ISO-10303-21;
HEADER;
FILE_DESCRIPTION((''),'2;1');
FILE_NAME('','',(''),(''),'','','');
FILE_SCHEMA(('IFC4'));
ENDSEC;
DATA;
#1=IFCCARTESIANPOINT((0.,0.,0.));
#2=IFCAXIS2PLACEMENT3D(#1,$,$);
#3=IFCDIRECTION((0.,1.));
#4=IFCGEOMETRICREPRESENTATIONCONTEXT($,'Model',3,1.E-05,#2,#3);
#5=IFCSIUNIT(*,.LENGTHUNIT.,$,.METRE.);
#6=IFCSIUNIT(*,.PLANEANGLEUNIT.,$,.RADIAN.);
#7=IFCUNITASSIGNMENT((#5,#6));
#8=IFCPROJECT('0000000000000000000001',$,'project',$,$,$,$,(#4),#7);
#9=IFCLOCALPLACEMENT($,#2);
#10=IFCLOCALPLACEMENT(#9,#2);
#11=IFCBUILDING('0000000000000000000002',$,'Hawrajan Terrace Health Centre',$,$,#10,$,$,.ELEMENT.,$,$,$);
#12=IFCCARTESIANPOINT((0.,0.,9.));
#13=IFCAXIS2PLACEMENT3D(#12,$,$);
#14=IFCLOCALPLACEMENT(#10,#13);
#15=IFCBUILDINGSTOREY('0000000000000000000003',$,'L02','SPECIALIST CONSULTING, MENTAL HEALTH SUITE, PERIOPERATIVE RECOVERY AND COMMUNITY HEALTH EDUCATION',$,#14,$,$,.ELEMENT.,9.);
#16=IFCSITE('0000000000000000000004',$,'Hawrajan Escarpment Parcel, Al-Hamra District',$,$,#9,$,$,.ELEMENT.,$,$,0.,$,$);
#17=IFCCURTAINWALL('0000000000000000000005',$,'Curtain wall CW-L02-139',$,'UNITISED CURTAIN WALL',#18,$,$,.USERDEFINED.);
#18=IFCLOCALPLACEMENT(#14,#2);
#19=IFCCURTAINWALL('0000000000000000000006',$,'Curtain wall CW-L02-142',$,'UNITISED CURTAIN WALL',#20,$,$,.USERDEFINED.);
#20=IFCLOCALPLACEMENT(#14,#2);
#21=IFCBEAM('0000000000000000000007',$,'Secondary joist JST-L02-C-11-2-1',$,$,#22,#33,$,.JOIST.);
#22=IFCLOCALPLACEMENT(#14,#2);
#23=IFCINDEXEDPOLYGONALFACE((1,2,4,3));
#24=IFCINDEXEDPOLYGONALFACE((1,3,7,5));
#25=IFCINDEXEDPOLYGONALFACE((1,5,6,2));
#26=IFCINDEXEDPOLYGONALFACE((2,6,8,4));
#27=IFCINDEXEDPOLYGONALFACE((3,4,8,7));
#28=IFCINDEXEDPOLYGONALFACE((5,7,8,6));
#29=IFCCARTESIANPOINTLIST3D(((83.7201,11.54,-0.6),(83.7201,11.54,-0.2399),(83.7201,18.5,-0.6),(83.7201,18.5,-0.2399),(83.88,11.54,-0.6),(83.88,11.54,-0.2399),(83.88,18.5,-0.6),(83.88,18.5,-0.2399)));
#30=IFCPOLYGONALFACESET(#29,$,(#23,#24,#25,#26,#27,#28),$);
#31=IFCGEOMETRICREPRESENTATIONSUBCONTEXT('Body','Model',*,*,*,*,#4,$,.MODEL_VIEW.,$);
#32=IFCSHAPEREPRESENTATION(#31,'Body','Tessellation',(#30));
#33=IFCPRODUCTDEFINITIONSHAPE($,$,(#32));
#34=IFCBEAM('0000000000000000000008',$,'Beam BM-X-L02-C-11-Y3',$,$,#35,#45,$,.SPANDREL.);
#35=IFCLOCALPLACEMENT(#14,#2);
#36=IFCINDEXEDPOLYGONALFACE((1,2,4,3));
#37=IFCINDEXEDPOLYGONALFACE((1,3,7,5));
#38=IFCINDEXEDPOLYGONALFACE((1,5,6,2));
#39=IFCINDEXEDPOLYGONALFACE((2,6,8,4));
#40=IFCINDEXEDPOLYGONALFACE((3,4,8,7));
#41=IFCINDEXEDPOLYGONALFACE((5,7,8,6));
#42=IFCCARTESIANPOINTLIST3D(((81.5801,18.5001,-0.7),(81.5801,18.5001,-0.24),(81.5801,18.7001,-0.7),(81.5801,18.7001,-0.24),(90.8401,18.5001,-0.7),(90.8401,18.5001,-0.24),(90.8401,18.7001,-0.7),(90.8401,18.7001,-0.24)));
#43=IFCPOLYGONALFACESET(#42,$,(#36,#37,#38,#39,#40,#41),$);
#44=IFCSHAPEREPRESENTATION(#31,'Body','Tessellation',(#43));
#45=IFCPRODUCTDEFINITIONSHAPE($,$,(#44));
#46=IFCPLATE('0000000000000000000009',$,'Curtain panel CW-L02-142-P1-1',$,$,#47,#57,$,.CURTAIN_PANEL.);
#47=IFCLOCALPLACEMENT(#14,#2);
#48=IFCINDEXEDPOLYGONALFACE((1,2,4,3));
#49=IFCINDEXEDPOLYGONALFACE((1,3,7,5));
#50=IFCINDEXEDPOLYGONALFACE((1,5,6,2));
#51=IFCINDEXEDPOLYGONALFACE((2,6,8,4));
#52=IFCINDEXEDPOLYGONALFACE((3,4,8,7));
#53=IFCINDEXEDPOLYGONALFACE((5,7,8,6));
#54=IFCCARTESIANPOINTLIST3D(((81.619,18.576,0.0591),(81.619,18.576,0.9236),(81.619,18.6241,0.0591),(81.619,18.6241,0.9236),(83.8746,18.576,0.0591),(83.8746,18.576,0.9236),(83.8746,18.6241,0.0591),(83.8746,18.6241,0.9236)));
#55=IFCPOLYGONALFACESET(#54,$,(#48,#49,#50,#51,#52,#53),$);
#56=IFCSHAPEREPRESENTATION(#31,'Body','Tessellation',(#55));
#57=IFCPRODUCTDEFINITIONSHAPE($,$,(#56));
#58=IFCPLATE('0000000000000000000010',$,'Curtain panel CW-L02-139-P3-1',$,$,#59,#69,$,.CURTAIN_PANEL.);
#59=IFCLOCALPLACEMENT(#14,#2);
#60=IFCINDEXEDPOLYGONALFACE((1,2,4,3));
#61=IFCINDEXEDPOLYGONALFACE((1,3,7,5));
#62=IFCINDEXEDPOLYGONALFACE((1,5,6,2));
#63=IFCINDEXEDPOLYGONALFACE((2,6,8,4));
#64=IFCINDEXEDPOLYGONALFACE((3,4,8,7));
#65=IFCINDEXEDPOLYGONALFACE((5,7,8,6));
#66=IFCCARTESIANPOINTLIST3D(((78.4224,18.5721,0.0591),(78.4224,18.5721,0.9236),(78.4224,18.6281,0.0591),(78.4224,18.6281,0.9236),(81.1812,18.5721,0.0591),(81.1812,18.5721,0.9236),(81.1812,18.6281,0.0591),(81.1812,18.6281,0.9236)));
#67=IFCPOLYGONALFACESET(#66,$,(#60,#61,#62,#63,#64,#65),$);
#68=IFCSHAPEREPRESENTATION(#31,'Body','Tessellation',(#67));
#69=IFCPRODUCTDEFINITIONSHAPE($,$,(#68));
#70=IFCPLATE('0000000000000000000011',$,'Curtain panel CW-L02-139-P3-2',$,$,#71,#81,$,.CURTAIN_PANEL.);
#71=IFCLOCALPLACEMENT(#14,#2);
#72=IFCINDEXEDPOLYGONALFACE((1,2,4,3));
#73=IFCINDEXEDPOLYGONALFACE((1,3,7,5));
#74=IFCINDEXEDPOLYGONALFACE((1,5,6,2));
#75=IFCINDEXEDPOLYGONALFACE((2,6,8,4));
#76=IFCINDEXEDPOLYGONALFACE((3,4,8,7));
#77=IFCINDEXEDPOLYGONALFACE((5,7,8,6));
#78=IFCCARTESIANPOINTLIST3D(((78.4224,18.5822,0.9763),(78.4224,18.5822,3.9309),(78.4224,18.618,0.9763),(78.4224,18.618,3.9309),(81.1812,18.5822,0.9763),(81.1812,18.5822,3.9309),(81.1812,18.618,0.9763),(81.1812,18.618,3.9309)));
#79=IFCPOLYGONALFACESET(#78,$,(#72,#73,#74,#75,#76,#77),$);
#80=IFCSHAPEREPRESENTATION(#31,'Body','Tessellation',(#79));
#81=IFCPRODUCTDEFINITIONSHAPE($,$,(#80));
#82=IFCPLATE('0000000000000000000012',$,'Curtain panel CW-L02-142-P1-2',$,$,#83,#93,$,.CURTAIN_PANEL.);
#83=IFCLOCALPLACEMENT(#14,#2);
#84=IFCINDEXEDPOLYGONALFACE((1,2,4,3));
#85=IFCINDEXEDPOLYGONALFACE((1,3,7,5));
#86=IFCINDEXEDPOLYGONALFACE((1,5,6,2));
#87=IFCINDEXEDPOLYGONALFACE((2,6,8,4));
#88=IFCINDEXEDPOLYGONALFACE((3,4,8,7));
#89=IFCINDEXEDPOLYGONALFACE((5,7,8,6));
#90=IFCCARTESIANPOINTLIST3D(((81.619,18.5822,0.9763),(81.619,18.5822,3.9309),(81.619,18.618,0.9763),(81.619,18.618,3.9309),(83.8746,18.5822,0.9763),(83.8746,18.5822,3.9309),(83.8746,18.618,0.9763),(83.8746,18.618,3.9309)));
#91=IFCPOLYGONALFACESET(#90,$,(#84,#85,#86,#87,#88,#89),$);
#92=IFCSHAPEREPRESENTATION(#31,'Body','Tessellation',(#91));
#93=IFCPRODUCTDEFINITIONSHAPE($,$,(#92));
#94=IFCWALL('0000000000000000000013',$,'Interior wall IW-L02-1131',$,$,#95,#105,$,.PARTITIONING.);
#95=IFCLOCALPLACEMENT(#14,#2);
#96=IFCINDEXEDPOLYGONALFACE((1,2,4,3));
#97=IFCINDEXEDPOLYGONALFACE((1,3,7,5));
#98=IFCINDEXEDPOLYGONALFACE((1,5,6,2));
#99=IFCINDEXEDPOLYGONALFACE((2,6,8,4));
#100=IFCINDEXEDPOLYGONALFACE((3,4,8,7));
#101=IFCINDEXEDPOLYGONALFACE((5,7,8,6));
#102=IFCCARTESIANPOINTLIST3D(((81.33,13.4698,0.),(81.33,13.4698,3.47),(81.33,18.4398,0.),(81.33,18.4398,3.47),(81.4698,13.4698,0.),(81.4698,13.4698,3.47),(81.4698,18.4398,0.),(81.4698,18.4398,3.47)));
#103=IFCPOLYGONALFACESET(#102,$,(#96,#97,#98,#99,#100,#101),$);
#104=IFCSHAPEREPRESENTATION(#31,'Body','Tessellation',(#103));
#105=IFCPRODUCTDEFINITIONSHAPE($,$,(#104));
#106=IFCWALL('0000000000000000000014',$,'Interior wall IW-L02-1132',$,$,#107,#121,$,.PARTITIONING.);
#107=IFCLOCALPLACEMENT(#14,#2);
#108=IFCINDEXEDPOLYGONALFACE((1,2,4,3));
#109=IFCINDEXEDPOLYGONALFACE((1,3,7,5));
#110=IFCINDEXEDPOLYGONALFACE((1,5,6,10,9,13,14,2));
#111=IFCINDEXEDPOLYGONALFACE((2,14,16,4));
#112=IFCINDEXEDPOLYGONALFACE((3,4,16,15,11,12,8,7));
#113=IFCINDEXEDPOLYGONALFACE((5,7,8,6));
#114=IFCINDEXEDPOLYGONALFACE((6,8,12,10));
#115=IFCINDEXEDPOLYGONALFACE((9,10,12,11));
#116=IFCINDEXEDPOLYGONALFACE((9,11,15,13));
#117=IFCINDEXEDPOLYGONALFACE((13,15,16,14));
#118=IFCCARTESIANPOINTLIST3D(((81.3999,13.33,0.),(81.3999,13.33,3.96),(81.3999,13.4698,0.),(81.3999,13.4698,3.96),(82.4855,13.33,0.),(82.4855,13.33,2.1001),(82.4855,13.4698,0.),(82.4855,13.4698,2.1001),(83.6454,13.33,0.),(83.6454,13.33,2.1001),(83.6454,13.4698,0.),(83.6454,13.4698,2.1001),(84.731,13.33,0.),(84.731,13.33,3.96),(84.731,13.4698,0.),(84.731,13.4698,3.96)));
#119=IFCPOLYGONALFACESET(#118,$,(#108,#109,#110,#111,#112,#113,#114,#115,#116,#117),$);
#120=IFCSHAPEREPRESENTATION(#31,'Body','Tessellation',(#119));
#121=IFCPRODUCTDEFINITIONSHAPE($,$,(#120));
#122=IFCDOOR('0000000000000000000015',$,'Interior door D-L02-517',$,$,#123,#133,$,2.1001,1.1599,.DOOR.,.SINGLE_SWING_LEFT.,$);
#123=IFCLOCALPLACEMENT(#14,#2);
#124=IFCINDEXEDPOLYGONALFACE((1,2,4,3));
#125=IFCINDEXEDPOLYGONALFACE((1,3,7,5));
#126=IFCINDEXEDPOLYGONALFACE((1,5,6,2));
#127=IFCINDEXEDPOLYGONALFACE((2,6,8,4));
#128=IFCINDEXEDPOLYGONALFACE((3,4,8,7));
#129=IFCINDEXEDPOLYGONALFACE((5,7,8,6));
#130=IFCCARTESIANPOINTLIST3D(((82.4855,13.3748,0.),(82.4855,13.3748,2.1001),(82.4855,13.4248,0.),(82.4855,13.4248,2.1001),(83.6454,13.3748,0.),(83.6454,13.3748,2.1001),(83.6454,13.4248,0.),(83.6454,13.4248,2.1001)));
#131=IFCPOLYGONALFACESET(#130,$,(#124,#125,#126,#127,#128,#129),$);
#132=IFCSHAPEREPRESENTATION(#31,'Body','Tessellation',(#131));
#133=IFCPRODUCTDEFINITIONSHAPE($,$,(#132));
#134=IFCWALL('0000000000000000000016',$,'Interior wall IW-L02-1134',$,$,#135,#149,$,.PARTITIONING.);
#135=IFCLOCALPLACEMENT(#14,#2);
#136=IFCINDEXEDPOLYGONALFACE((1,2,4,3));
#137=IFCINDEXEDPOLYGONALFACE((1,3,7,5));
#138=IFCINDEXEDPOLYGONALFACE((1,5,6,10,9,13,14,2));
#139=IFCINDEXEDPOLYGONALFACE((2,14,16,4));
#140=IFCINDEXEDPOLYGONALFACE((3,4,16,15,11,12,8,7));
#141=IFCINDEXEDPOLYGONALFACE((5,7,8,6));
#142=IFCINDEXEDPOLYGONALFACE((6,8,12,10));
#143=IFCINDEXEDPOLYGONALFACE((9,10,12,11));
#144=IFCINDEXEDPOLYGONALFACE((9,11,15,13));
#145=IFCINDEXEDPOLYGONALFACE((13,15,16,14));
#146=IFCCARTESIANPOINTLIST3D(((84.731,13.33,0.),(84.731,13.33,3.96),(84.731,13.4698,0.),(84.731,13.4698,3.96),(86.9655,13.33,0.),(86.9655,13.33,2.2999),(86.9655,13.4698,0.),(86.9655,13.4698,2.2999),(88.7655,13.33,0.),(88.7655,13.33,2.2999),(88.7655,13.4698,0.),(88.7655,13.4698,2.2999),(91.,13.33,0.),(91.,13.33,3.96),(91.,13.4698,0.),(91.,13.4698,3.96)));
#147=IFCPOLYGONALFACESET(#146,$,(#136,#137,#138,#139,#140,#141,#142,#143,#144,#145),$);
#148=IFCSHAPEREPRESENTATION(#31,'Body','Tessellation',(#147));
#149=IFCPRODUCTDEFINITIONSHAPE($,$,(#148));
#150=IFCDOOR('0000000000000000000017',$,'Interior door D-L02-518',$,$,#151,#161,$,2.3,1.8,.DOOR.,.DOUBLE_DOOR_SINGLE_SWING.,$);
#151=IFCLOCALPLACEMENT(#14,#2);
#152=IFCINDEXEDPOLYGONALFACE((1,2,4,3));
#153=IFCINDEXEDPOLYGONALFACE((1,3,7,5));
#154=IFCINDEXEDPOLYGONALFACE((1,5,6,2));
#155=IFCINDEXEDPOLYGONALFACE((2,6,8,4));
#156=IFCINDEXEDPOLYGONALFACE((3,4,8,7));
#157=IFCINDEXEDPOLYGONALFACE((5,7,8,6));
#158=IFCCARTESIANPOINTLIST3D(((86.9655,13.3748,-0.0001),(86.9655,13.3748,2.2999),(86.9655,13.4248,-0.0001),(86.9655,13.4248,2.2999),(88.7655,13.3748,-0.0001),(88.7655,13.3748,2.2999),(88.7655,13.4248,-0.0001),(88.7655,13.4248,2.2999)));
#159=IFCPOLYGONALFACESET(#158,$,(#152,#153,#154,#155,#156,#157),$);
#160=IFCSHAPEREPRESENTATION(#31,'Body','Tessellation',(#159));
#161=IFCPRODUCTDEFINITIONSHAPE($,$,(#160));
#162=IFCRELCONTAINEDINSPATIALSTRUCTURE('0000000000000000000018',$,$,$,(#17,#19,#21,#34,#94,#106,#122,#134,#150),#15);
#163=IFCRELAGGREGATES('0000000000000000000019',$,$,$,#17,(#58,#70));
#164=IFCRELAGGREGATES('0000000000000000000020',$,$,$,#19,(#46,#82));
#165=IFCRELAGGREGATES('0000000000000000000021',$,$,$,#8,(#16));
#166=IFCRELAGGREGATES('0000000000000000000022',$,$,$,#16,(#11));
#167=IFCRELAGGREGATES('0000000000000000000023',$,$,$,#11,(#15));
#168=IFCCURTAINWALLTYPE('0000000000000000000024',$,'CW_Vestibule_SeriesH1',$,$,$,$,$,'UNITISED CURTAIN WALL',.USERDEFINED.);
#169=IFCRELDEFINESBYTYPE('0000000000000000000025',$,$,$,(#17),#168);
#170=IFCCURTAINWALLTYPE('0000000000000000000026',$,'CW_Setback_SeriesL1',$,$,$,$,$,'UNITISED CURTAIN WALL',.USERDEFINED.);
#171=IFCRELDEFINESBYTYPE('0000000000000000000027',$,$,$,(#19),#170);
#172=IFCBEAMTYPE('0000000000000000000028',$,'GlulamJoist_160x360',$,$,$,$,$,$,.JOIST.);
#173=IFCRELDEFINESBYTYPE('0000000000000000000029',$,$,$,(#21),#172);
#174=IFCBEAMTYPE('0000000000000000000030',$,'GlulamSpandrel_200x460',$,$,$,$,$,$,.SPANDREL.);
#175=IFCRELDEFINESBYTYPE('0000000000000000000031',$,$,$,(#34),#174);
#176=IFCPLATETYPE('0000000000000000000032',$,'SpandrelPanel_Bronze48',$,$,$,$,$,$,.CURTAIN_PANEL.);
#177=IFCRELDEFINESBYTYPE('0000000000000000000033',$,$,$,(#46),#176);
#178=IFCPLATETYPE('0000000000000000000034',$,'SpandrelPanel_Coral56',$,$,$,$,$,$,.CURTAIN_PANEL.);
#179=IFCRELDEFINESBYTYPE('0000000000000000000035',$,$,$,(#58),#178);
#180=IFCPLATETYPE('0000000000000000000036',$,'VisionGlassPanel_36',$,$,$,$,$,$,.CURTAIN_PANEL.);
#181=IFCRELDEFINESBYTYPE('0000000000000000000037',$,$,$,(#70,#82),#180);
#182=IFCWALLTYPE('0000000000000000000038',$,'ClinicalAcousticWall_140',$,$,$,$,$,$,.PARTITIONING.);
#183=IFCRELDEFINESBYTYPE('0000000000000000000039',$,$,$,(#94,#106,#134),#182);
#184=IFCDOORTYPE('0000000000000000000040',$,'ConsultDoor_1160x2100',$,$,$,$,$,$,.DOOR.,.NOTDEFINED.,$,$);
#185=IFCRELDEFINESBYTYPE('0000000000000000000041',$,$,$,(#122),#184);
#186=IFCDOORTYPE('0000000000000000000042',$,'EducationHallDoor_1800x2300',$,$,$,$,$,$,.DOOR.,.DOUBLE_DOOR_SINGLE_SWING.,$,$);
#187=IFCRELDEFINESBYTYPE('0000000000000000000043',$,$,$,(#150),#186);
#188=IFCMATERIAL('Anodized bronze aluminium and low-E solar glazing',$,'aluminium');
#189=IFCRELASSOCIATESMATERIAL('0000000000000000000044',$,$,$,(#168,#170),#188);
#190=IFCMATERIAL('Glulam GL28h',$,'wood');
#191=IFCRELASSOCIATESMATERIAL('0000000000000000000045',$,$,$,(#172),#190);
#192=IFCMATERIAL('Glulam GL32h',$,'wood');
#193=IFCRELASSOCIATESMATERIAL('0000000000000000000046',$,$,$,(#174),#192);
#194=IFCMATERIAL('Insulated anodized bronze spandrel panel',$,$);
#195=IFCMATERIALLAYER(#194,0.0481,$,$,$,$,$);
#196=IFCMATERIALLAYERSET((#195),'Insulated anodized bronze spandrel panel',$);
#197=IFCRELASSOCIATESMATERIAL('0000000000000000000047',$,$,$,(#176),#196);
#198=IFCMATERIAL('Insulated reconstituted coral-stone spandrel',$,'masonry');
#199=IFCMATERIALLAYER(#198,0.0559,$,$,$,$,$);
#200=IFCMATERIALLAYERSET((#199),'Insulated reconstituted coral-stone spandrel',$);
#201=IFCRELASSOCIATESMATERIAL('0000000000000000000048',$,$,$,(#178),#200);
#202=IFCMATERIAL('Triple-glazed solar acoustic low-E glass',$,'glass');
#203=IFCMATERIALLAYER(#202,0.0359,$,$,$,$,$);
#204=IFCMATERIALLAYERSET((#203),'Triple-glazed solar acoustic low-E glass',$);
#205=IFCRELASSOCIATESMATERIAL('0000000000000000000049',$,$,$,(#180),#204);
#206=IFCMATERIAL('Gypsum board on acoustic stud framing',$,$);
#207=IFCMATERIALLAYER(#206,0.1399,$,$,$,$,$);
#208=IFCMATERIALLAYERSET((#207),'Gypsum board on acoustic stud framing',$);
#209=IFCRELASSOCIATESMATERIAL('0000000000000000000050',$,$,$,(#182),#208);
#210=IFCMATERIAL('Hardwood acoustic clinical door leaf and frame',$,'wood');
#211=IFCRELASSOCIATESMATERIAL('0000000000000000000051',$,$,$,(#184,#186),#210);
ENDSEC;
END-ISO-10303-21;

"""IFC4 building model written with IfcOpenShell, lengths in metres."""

from ifc_helpers import new_model, si_unit, direction, frame, frame_2d, origin, origin_2d, place, context, subcontext, project, spatial, rectangle, extrude, material, layer, layer_set, material_profile, profile_set, type_object, element, fill, aggregate, save


model = new_model("IFC4")

# Units and contexts
model_context = context("Model", 3, precision=1e-05, world=origin(), true_north=direction((0.0, 1.0)))
body_context = subcontext(model_context, "Body", "Model", "MODEL_VIEW")
ifc_project = project(units=[si_unit("LENGTHUNIT", "METRE"), si_unit("PLANEANGLEUNIT", "RADIAN")], contexts=[model_context])

# Site, building, storey
site_placement = place(None, origin())
site = spatial("IfcSite", under=ifc_project, at=site_placement, Name="Hawrajan Escarpment Parcel, Al-Hamra District", CompositionType="ELEMENT", RefElevation=0.0)
building_placement = place(site_placement, origin())
building = spatial("IfcBuilding", under=site, at=building_placement, Name="Hawrajan Terrace Health Centre", CompositionType="ELEMENT")
storey_placement = place(building_placement, frame((0.0, 0.0, 9.0)))
storey = spatial("IfcBuildingStorey", under=building, at=storey_placement, Name="L02", Description="SPECIALIST CONSULTING, MENTAL HEALTH SUITE, PERIOPERATIVE RECOVERY AND COMMUNITY HEALTH EDUCATION", CompositionType="ELEMENT", Elevation=9.0)

# Shared definitions
ifc_material_1 = material(Name="Glulam GL32h", Category="wood")

# Curtain wall
ifc_material_2 = material(Name="Anodized bronze aluminium and low-E solar glazing", Category="aluminium")
curtain_wall_type_1 = type_object("IfcCurtainWallType", Name="CW_Vestibule_SeriesH1", ElementType="UNITISED CURTAIN WALL", PredefinedType="USERDEFINED", material=ifc_material_2)
curtain_wall_1_placement = place(storey_placement, origin())
curtain_wall_1 = element("IfcCurtainWall", 1, at=curtain_wall_1_placement, inside=storey, type_object=curtain_wall_type_1, Name="Curtain wall CW-L02-139", ObjectType="UNITISED CURTAIN WALL", PredefinedType="USERDEFINED")

# Curtain wall
curtain_wall_type_2 = type_object("IfcCurtainWallType", Name="CW_Setback_SeriesL1", ElementType="UNITISED CURTAIN WALL", PredefinedType="USERDEFINED", material=ifc_material_2)
curtain_wall_2_placement = place(storey_placement, origin())
curtain_wall_2 = element("IfcCurtainWall", 2, at=curtain_wall_2_placement, inside=storey, type_object=curtain_wall_type_2, Name="Curtain wall CW-L02-142", ObjectType="UNITISED CURTAIN WALL", PredefinedType="USERDEFINED")

# Beams
ifc_material_3 = material(Name="Glulam GL28h", Category="wood")
ifc_material_profile_1 = material_profile(ifc_material_3, rectangle(XDim=0.1599, YDim=0.3601, at=origin_2d()), Name="GL JST 160x360")
ifc_profile_set_1 = profile_set([ifc_material_profile_1], Name="Glulam GL28h")
beam_type_1 = type_object("IfcBeamType", Name="GlulamJoist_160x360", PredefinedType="JOIST", material=ifc_profile_set_1)
beam_1_placement = place(storey_placement, frame((83.8, 11.54, -0.4199), z_axis=(0.0, 1.0, 0.0), x_axis=(-1.0, 0.0, 0.0)))
element("IfcBeam", 3, at=beam_1_placement, inside=storey, type_object=beam_type_1, Name="Secondary joist JST-L02-C-11-2-1", PredefinedType="JOIST", context=body_context, shape_type="SweptSolid", body=[
    extrude(rectangle(XDim=0.1599, YDim=0.3601, at=origin_2d()), origin(), (0.0, 0.0, 1.0), 6.96),
])
ifc_material_profile_2 = material_profile(ifc_material_1, rectangle(XDim=0.2, YDim=0.46, at=origin_2d()), Name="GL SP 200x460")
ifc_profile_set_2 = profile_set([ifc_material_profile_2], Name="Glulam GL32h")
beam_type_2 = type_object("IfcBeamType", Name="GlulamSpandrel_200x460", PredefinedType="SPANDREL", material=ifc_profile_set_2)
beam_2_placement = place(storey_placement, frame((81.5801, 18.6001, -0.47), z_axis=(1.0, 0.0, 0.0), x_axis=(0.0, 1.0, 0.0)))
element("IfcBeam", 4, at=beam_2_placement, inside=storey, type_object=beam_type_2, Name="Beam BM-X-L02-C-11-Y3", PredefinedType="SPANDREL", context=body_context, shape_type="SweptSolid", body=[
    extrude(rectangle(XDim=0.2, YDim=0.46, at=origin_2d()), origin(), (0.0, 0.0, 1.0), 9.26),
])

# Plates
ifc_material_4 = material(Name="Insulated anodized bronze spandrel panel")
ifc_layer_1 = layer(ifc_material_4, 0.0481)
ifc_layer_set_1 = layer_set([ifc_layer_1], Name="Insulated anodized bronze spandrel panel")
plate_type_1 = type_object("IfcPlateType", Name="SpandrelPanel_Bronze48", PredefinedType="CURTAIN_PANEL", material=ifc_layer_set_1)
plate_1_placement = place(storey_placement, frame((82.7468, 18.6001, 0.0591), z_axis=(0.0, 0.0, 1.0), x_axis=(1.0, 0.0, 0.0)))
plate_1 = element("IfcPlate", 5, at=plate_1_placement, type_object=plate_type_1, Name="Curtain panel CW-L02-142-P1-1", PredefinedType="CURTAIN_PANEL", context=body_context, shape_type="SweptSolid", body=[
    extrude(rectangle(XDim=2.2556, YDim=0.0481, at=origin_2d()), origin(), (0.0, 0.0, 1.0), 0.8645),
])
ifc_material_5 = material(Name="Insulated reconstituted coral-stone spandrel", Category="masonry")
ifc_layer_2 = layer(ifc_material_5, 0.0559)
ifc_layer_set_2 = layer_set([ifc_layer_2], Name="Insulated reconstituted coral-stone spandrel")
plate_type_2 = type_object("IfcPlateType", Name="SpandrelPanel_Coral56", PredefinedType="CURTAIN_PANEL", material=ifc_layer_set_2)
plate_2_placement = place(storey_placement, frame((79.8018, 18.6001, 0.0591), z_axis=(0.0, 0.0, 1.0), x_axis=(1.0, 0.0, 0.0)))
plate_2 = element("IfcPlate", 6, at=plate_2_placement, type_object=plate_type_2, Name="Curtain panel CW-L02-139-P3-1", PredefinedType="CURTAIN_PANEL", context=body_context, shape_type="SweptSolid", body=[
    extrude(rectangle(XDim=2.7588, YDim=0.0559, at=origin_2d()), origin(), (0.0, 0.0, 1.0), 0.8645),
])
ifc_material_6 = material(Name="Triple-glazed solar acoustic low-E glass", Category="glass")
ifc_layer_3 = layer(ifc_material_6, 0.0359)
ifc_layer_set_3 = layer_set([ifc_layer_3], Name="Triple-glazed solar acoustic low-E glass")
plate_type_3 = type_object("IfcPlateType", Name="VisionGlassPanel_36", PredefinedType="CURTAIN_PANEL", material=ifc_layer_set_3)
plate_3_placement = place(storey_placement, frame((79.8018, 18.6001, 0.9763), z_axis=(0.0, 0.0, 1.0), x_axis=(1.0, 0.0, 0.0)))
plate_3 = element("IfcPlate", 7, at=plate_3_placement, type_object=plate_type_3, Name="Curtain panel CW-L02-139-P3-2", PredefinedType="CURTAIN_PANEL", context=body_context, shape_type="SweptSolid", body=[
    extrude(rectangle(XDim=2.7588, YDim=0.0359, at=origin_2d()), origin(), (0.0, 0.0, 1.0), 2.9546),
])
aggregate(curtain_wall_1, [plate_2, plate_3])
plate_4_placement = place(storey_placement, frame((82.7468, 18.6001, 0.9763), z_axis=(0.0, 0.0, 1.0), x_axis=(1.0, 0.0, 0.0)))
plate_4 = element("IfcPlate", 8, at=plate_4_placement, type_object=plate_type_3, Name="Curtain panel CW-L02-142-P1-2", PredefinedType="CURTAIN_PANEL", context=body_context, shape_type="SweptSolid", body=[
    extrude(rectangle(XDim=2.2556, YDim=0.0359, at=origin_2d()), origin(), (0.0, 0.0, 1.0), 2.9546),
])
aggregate(curtain_wall_2, [plate_1, plate_4])

# Wall
ifc_material_7 = material(Name="Gypsum board on acoustic stud framing")
ifc_layer_4 = layer(ifc_material_7, 0.1399)
ifc_layer_set_4 = layer_set([ifc_layer_4], Name="Gypsum board on acoustic stud framing")
wall_type = type_object("IfcWallType", Name="ClinicalAcousticWall_140", PredefinedType="PARTITIONING", material=ifc_layer_set_4)
wall_1_placement = place(storey_placement, frame((81.3999, 13.47, 0.0), z_axis=(0.0, 0.0, 1.0), x_axis=(0.0, 1.0, 0.0)))
element("IfcWall", 9, at=wall_1_placement, inside=storey, type_object=wall_type, Name="Interior wall IW-L02-1131", PredefinedType="PARTITIONING", context=body_context, shape_type="SweptSolid", body=[
    extrude(rectangle(XDim=4.97, YDim=0.1399, at=frame_2d((2.4849, 0.0))), origin(), (0.0, 0.0, 1.0), 3.47),
])

# Wall, opening, door
wall_2_placement = place(storey_placement, frame((81.3999, 13.3999, 0.0), z_axis=(0.0, 0.0, 1.0), x_axis=(1.0, 0.0, 0.0)))
wall_2 = element("IfcWall", 10, at=wall_2_placement, inside=storey, type_object=wall_type, Name="Interior wall IW-L02-1132", PredefinedType="PARTITIONING", context=body_context, shape_type="SweptSolid", body=[
    extrude(rectangle(XDim=3.3311, YDim=0.1399, at=frame_2d((1.6655, 0.0))), origin(), (0.0, 0.0, 1.0), 3.96),
])
opening_1_placement = place(wall_2_placement, frame((1.0854, 0.0, 0.0)))
opening_1 = element("IfcOpeningElement", 11, at=opening_1_placement, cuts=wall_2, PredefinedType="OPENING", context=body_context, shape_type="SweptSolid", body=[
    extrude(rectangle(XDim=1.1599, YDim=2.1001, at=frame_2d((0.5801, 1.05))), frame((0.0, 0.0798, 0.0), z_axis=(0.0, -1.0, 0.0), x_axis=(1.0, 0.0, 0.0)), (0.0, 0.0, 1.0), 0.1599),
])
ifc_material_8 = material(Name="Hardwood acoustic clinical door leaf and frame", Category="wood")
door_type_1 = type_object("IfcDoorType", Name="ConsultDoor_1160x2100", OperationType="NOTDEFINED", PredefinedType="DOOR", material=ifc_material_8)
door_1_placement = place(opening_1_placement, origin())
door_1 = element("IfcDoor", 12, at=door_1_placement, inside=storey, type_object=door_type_1, Name="Interior door D-L02-517", OperationType="SINGLE_SWING_LEFT", OverallHeight=2.1001, OverallWidth=1.1599, PredefinedType="DOOR", context=body_context, shape_type="SweptSolid", body=[
    extrude(rectangle(XDim=1.1599, YDim=2.1001, at=frame_2d((0.5801, 1.05))), frame((0.0, 0.0249, 0.0), z_axis=(0.0, -1.0, 0.0), x_axis=(1.0, 0.0, 0.0)), (0.0, 0.0, 1.0), 0.05),
])
fill(opening_1, door_1)

# Wall, opening, door
wall_3_placement = place(storey_placement, frame((84.731, 13.3999, 0.0), z_axis=(0.0, 0.0, 1.0), x_axis=(1.0, 0.0, 0.0)))
wall_3 = element("IfcWall", 13, at=wall_3_placement, inside=storey, type_object=wall_type, Name="Interior wall IW-L02-1134", PredefinedType="PARTITIONING", context=body_context, shape_type="SweptSolid", body=[
    extrude(rectangle(XDim=6.269, YDim=0.1399, at=frame_2d((3.1345, 0.0))), origin(), (0.0, 0.0, 1.0), 3.96),
])
opening_2_placement = place(wall_3_placement, frame((2.2346, 0.0, 0.0)))
opening_2 = element("IfcOpeningElement", 14, at=opening_2_placement, cuts=wall_3, PredefinedType="OPENING", context=body_context, shape_type="SweptSolid", body=[
    extrude(rectangle(XDim=1.8, YDim=2.3, at=frame_2d((0.8999, 1.1499))), frame((0.0, 0.0798, 0.0), z_axis=(0.0, -1.0, 0.0), x_axis=(1.0, 0.0, 0.0)), (0.0, 0.0, 1.0), 0.1599),
])
door_type_2 = type_object("IfcDoorType", Name="EducationHallDoor_1800x2300", OperationType="DOUBLE_DOOR_SINGLE_SWING", PredefinedType="DOOR", material=ifc_material_8)
door_2_placement = place(opening_2_placement, origin())
door_2 = element("IfcDoor", 15, at=door_2_placement, inside=storey, type_object=door_type_2, Name="Interior door D-L02-518", OperationType="DOUBLE_DOOR_SINGLE_SWING", OverallHeight=2.3, OverallWidth=1.8, PredefinedType="DOOR", context=body_context, shape_type="SweptSolid", body=[
    extrude(rectangle(XDim=1.8, YDim=2.3, at=frame_2d((0.8999, 1.1499))), frame((0.0, 0.0249, 0.0), z_axis=(0.0, -1.0, 0.0), x_axis=(1.0, 0.0, 0.0)), (0.0, 0.0, 1.0), 0.05),
])
fill(opening_2, door_2)

save(model, "model.ifc")
